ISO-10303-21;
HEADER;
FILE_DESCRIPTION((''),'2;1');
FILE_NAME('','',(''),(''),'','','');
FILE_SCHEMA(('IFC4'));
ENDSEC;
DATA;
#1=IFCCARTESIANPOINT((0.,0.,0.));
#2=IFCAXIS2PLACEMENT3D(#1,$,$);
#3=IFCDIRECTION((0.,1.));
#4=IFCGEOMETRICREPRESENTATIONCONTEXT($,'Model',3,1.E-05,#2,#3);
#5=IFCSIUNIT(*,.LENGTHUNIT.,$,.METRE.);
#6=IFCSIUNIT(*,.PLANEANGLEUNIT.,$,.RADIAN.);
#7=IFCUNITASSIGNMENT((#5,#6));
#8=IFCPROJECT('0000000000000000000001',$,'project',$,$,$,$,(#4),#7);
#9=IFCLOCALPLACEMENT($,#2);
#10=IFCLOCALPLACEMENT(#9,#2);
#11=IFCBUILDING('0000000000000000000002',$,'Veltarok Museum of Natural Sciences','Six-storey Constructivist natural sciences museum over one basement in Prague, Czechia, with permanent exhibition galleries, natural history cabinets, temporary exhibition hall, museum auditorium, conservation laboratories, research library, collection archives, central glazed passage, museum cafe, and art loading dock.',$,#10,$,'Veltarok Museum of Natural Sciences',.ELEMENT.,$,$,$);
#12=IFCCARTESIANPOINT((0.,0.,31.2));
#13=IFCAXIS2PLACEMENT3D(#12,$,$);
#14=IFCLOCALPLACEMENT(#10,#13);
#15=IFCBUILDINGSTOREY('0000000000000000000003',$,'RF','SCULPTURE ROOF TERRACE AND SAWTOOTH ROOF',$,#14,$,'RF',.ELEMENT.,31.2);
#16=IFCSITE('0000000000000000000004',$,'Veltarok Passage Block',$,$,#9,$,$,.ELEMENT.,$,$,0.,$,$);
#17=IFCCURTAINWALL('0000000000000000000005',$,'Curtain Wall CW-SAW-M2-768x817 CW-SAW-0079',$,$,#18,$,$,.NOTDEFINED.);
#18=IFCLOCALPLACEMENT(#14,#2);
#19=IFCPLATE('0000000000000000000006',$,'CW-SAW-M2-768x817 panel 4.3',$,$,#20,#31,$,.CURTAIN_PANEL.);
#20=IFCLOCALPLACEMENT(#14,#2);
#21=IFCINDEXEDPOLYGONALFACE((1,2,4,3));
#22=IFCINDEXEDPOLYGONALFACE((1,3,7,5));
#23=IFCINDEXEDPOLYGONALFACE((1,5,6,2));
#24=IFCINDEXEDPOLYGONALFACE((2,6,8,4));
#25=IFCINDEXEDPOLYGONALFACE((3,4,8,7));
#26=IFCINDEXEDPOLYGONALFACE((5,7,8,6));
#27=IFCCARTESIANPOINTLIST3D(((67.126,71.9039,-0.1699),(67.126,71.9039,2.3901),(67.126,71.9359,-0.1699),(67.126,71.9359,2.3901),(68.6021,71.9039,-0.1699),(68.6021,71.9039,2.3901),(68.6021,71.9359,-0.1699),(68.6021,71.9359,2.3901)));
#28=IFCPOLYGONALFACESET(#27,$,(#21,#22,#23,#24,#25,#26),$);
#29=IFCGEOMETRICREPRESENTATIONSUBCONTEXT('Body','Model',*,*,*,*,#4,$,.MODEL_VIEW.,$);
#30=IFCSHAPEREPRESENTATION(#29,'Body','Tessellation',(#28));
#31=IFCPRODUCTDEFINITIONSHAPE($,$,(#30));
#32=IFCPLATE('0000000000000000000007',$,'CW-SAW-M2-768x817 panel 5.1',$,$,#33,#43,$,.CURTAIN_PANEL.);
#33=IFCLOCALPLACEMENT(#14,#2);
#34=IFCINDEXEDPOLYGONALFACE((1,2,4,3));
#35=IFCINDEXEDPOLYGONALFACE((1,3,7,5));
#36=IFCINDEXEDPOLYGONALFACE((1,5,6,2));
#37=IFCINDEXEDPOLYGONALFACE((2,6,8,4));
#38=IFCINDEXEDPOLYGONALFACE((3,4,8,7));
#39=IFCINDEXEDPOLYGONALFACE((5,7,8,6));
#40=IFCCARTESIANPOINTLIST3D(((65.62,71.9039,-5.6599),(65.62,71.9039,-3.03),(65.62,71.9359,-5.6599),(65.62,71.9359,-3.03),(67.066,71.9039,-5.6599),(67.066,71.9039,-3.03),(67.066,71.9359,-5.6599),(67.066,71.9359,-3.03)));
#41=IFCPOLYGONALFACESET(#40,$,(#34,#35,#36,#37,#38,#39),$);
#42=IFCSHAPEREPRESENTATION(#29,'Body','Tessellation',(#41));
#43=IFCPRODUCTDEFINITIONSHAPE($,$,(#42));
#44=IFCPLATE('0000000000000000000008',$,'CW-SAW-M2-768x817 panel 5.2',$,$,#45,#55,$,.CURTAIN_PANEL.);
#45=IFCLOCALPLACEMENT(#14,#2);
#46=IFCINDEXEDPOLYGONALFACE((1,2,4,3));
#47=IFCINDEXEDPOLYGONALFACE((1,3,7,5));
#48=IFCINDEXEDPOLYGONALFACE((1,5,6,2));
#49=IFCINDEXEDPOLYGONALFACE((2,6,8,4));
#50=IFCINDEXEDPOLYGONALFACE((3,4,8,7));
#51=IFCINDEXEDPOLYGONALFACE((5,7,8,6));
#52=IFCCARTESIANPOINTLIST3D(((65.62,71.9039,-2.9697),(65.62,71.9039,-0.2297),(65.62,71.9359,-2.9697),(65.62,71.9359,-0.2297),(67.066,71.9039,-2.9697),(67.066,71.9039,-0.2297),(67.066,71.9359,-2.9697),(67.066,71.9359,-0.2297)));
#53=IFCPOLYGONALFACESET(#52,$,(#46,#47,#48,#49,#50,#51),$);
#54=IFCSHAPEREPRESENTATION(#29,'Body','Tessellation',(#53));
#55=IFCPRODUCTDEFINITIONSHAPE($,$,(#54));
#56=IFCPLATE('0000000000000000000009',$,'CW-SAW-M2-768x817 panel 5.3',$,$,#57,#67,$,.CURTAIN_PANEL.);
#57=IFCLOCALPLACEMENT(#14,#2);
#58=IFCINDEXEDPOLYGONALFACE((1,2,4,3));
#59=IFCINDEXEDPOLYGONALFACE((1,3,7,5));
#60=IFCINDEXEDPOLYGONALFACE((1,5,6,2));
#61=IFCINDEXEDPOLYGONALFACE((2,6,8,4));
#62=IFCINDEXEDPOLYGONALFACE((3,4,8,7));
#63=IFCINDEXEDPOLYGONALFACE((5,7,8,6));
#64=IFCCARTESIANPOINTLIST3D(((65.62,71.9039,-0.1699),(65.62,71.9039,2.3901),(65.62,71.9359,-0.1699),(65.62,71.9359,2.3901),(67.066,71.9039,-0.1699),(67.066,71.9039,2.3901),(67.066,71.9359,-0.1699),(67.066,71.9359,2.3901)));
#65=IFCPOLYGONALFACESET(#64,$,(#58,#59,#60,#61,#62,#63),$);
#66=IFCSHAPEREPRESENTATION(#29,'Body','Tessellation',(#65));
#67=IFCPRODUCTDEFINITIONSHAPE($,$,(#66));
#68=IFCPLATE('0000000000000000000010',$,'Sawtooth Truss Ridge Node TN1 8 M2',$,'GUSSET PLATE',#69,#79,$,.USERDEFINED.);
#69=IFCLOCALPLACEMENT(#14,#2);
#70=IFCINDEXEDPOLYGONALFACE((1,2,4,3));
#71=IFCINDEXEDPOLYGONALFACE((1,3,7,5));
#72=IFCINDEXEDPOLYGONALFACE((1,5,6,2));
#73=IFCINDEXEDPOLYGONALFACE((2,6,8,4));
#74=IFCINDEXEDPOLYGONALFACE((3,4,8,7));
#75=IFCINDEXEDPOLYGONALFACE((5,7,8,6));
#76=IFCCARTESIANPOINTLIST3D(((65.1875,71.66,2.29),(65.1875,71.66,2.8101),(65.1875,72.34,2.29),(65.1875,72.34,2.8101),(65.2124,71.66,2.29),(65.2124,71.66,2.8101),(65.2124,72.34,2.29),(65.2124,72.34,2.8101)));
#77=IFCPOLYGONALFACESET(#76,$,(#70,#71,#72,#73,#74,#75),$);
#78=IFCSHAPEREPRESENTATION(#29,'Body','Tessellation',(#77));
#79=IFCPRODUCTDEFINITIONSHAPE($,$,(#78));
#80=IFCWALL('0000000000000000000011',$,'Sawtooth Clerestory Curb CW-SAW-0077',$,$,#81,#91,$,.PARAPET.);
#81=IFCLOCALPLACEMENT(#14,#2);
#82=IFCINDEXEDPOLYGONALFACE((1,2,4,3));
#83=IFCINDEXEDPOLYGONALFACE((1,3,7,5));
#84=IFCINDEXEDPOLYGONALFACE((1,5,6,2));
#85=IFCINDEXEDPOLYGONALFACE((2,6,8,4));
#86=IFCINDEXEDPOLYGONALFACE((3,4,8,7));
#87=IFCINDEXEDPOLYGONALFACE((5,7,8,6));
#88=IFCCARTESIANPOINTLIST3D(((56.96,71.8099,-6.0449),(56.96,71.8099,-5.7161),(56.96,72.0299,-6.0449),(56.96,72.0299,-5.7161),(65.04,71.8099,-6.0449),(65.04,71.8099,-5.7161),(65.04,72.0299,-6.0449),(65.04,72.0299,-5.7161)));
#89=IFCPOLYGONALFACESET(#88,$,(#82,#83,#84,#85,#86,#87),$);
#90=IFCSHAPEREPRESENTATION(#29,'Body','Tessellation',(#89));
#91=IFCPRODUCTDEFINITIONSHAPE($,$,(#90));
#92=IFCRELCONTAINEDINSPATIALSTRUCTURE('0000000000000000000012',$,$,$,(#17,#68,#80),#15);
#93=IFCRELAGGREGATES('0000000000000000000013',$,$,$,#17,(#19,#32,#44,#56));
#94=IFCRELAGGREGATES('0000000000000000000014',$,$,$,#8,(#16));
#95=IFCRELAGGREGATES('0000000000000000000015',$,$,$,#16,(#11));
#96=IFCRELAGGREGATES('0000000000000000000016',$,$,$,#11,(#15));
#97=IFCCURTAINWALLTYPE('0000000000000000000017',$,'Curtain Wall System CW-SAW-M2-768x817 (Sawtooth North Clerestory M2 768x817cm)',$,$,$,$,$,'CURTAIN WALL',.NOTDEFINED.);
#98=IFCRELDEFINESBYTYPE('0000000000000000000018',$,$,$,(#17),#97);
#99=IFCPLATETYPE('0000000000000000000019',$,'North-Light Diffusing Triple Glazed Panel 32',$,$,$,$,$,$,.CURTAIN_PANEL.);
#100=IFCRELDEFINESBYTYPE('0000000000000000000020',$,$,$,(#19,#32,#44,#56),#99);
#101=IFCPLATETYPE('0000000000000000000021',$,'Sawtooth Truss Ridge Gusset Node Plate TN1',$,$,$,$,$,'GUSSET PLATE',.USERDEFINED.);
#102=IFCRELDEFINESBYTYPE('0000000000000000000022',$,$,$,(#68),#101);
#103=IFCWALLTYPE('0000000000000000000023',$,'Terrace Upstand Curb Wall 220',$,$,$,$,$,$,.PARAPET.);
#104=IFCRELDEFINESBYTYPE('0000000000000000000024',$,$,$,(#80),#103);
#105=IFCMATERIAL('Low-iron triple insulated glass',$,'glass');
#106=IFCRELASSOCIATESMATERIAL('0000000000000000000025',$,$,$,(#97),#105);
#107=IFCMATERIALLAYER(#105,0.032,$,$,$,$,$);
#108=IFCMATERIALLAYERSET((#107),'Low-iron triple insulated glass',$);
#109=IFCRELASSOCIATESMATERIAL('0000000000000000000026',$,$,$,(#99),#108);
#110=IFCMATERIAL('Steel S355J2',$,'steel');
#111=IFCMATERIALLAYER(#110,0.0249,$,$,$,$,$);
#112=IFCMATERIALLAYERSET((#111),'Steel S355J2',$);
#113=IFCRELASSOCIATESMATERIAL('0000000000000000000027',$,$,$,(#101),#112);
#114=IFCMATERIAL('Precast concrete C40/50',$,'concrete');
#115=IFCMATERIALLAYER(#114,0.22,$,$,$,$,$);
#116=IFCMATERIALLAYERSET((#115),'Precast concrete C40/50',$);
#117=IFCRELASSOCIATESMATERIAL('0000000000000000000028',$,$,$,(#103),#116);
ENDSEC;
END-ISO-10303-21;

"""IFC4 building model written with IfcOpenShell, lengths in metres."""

from ifc_helpers import new_model, si_unit, direction, frame, frame_2d, origin, origin_2d, place, context, subcontext, project, spatial, rectangle, extrude, material, layer, layer_set, type_object, element, aggregate, save


model = new_model("IFC4")

# Units and contexts
model_context = context("Model", 3, precision=1e-05, world=origin(), true_north=direction((0.0, 1.0)))
body_context = subcontext(model_context, "Body", "Model", "MODEL_VIEW")
ifc_project = project(units=[si_unit("LENGTHUNIT", "METRE"), si_unit("PLANEANGLEUNIT", "RADIAN")], contexts=[model_context])

# Site, building, storey
site_placement = place(None, origin())
site = spatial("IfcSite", under=ifc_project, at=site_placement, Name="Veltarok Passage Block", CompositionType="ELEMENT", RefElevation=0.0)
building_placement = place(site_placement, origin())
building = spatial("IfcBuilding", under=site, at=building_placement, Name="Veltarok Museum of Natural Sciences", Description="Six-storey Constructivist natural sciences museum over one basement in Prague, Czechia, with permanent exhibition galleries, natural history cabinets, temporary exhibition hall, museum auditorium, conservation laboratories, research library, collection archives, central glazed passage, museum cafe, and art loading dock.", LongName="Veltarok Museum of Natural Sciences", CompositionType="ELEMENT")
storey_placement = place(building_placement, frame((0.0, 0.0, 31.2)))
storey = spatial("IfcBuildingStorey", under=building, at=storey_placement, Name="RF", Description="SCULPTURE ROOF TERRACE AND SAWTOOTH ROOF", LongName="RF", CompositionType="ELEMENT", Elevation=31.2)

# Shared definitions
ifc_material_1 = material(Name="Steel S355J2", Category="steel")

# Curtain wall
ifc_material_2 = material(Name="Low-iron triple insulated glass", Category="glass")
curtain_wall_type = type_object("IfcCurtainWallType", Name="Curtain Wall System CW-SAW-M2-768x817 (Sawtooth North Clerestory M2 768x817cm)", ElementType="CURTAIN WALL", PredefinedType="NOTDEFINED", material=ifc_material_2)
curtain_wall_1_placement = place(storey_placement, origin())
curtain_wall_1 = element("IfcCurtainWall", 1, at=curtain_wall_1_placement, inside=storey, type_object=curtain_wall_type, Name="Curtain Wall CW-SAW-M2-768x817 CW-SAW-0079", PredefinedType="NOTDEFINED")

# Plates
ifc_layer_1 = layer(ifc_material_2, 0.032)
ifc_layer_set_1 = layer_set([ifc_layer_1], Name="Low-iron triple insulated glass")
plate_type_1 = type_object("IfcPlateType", Name="North-Light Diffusing Triple Glazed Panel 32", PredefinedType="CURTAIN_PANEL", material=ifc_layer_set_1)
plate_1_placement = place(storey_placement, frame((67.864, 71.9199, -0.1699), z_axis=(0.0, 0.0, 1.0), x_axis=(-1.0, 0.0, 0.0)))
plate_1 = element("IfcPlate", 2, at=plate_1_placement, type_object=plate_type_1, Name="CW-SAW-M2-768x817 panel 4.3", PredefinedType="CURTAIN_PANEL", context=body_context, shape_type="SweptSolid", body=[
    extrude(rectangle(XDim=1.4761, YDim=0.032, at=origin_2d()), origin(), (0.0, 0.0, 1.0), 2.5601),
])
plate_2_placement = place(storey_placement, frame((66.343, 71.9199, -5.6599), z_axis=(0.0, 0.0, 1.0), x_axis=(-1.0, 0.0, 0.0)))
plate_2 = element("IfcPlate", 3, at=plate_2_placement, type_object=plate_type_1, Name="CW-SAW-M2-768x817 panel 5.1", PredefinedType="CURTAIN_PANEL", context=body_context, shape_type="SweptSolid", body=[
    extrude(rectangle(XDim=1.446, YDim=0.032, at=origin_2d()), origin(), (0.0, 0.0, 1.0), 2.6299),
])
plate_3_placement = place(storey_placement, frame((66.343, 71.9199, -2.9697), z_axis=(0.0, 0.0, 1.0), x_axis=(-1.0, 0.0, 0.0)))
plate_3 = element("IfcPlate", 4, at=plate_3_placement, type_object=plate_type_1, Name="CW-SAW-M2-768x817 panel 5.2", PredefinedType="CURTAIN_PANEL", context=body_context, shape_type="SweptSolid", body=[
    extrude(rectangle(XDim=1.446, YDim=0.032, at=origin_2d()), origin(), (0.0, 0.0, 1.0), 2.74),
])
plate_4_placement = place(storey_placement, frame((66.343, 71.9199, -0.1699), z_axis=(0.0, 0.0, 1.0), x_axis=(-1.0, 0.0, 0.0)))
plate_4 = element("IfcPlate", 5, at=plate_4_placement, type_object=plate_type_1, Name="CW-SAW-M2-768x817 panel 5.3", PredefinedType="CURTAIN_PANEL", context=body_context, shape_type="SweptSolid", body=[
    extrude(rectangle(XDim=1.446, YDim=0.032, at=origin_2d()), origin(), (0.0, 0.0, 1.0), 2.5601),
])
aggregate(curtain_wall_1, [plate_1, plate_2, plate_3, plate_4])
ifc_layer_2 = layer(ifc_material_1, 0.0249)
ifc_layer_set_2 = layer_set([ifc_layer_2], Name="Steel S355J2")
plate_type_2 = type_object("IfcPlateType", Name="Sawtooth Truss Ridge Gusset Node Plate TN1", ElementType="GUSSET PLATE", PredefinedType="USERDEFINED", material=ifc_layer_set_2)
plate_5_placement = place(storey_placement, frame((65.2, 72.0, 2.29), z_axis=(0.0, 0.0, 1.0), x_axis=(1.0, 0.0, 0.0)))
element("IfcPlate", 6, at=plate_5_placement, inside=storey, type_object=plate_type_2, Name="Sawtooth Truss Ridge Node TN1 8 M2", ObjectType="GUSSET PLATE", PredefinedType="USERDEFINED", context=body_context, shape_type="SweptSolid", body=[
    extrude(rectangle(XDim=0.0249, YDim=0.6799, at=origin_2d()), origin(), (0.0, 0.0, 1.0), 0.52),
])

# Wall
ifc_material_3 = material(Name="Precast concrete C40/50", Category="concrete")
ifc_layer_3 = layer(ifc_material_3, 0.22)
ifc_layer_set_3 = layer_set([ifc_layer_3], Name="Precast concrete C40/50")
wall_type = type_object("IfcWallType", Name="Terrace Upstand Curb Wall 220", PredefinedType="PARAPET", material=ifc_layer_set_3)
wall_placement = place(storey_placement, frame((65.04, 71.9199, -6.0449), z_axis=(0.0, 0.0, 1.0), x_axis=(-1.0, 0.0, 0.0)))
element("IfcWall", 7, at=wall_placement, inside=storey, type_object=wall_type, Name="Sawtooth Clerestory Curb CW-SAW-0077", PredefinedType="PARAPET", context=body_context, shape_type="SweptSolid", body=[
    extrude(rectangle(XDim=8.0801, YDim=0.22, at=frame_2d((4.04, 0.0))), origin(), (0.0, 0.0, 1.0), 0.3289),
])

save(model, "model.ifc")
